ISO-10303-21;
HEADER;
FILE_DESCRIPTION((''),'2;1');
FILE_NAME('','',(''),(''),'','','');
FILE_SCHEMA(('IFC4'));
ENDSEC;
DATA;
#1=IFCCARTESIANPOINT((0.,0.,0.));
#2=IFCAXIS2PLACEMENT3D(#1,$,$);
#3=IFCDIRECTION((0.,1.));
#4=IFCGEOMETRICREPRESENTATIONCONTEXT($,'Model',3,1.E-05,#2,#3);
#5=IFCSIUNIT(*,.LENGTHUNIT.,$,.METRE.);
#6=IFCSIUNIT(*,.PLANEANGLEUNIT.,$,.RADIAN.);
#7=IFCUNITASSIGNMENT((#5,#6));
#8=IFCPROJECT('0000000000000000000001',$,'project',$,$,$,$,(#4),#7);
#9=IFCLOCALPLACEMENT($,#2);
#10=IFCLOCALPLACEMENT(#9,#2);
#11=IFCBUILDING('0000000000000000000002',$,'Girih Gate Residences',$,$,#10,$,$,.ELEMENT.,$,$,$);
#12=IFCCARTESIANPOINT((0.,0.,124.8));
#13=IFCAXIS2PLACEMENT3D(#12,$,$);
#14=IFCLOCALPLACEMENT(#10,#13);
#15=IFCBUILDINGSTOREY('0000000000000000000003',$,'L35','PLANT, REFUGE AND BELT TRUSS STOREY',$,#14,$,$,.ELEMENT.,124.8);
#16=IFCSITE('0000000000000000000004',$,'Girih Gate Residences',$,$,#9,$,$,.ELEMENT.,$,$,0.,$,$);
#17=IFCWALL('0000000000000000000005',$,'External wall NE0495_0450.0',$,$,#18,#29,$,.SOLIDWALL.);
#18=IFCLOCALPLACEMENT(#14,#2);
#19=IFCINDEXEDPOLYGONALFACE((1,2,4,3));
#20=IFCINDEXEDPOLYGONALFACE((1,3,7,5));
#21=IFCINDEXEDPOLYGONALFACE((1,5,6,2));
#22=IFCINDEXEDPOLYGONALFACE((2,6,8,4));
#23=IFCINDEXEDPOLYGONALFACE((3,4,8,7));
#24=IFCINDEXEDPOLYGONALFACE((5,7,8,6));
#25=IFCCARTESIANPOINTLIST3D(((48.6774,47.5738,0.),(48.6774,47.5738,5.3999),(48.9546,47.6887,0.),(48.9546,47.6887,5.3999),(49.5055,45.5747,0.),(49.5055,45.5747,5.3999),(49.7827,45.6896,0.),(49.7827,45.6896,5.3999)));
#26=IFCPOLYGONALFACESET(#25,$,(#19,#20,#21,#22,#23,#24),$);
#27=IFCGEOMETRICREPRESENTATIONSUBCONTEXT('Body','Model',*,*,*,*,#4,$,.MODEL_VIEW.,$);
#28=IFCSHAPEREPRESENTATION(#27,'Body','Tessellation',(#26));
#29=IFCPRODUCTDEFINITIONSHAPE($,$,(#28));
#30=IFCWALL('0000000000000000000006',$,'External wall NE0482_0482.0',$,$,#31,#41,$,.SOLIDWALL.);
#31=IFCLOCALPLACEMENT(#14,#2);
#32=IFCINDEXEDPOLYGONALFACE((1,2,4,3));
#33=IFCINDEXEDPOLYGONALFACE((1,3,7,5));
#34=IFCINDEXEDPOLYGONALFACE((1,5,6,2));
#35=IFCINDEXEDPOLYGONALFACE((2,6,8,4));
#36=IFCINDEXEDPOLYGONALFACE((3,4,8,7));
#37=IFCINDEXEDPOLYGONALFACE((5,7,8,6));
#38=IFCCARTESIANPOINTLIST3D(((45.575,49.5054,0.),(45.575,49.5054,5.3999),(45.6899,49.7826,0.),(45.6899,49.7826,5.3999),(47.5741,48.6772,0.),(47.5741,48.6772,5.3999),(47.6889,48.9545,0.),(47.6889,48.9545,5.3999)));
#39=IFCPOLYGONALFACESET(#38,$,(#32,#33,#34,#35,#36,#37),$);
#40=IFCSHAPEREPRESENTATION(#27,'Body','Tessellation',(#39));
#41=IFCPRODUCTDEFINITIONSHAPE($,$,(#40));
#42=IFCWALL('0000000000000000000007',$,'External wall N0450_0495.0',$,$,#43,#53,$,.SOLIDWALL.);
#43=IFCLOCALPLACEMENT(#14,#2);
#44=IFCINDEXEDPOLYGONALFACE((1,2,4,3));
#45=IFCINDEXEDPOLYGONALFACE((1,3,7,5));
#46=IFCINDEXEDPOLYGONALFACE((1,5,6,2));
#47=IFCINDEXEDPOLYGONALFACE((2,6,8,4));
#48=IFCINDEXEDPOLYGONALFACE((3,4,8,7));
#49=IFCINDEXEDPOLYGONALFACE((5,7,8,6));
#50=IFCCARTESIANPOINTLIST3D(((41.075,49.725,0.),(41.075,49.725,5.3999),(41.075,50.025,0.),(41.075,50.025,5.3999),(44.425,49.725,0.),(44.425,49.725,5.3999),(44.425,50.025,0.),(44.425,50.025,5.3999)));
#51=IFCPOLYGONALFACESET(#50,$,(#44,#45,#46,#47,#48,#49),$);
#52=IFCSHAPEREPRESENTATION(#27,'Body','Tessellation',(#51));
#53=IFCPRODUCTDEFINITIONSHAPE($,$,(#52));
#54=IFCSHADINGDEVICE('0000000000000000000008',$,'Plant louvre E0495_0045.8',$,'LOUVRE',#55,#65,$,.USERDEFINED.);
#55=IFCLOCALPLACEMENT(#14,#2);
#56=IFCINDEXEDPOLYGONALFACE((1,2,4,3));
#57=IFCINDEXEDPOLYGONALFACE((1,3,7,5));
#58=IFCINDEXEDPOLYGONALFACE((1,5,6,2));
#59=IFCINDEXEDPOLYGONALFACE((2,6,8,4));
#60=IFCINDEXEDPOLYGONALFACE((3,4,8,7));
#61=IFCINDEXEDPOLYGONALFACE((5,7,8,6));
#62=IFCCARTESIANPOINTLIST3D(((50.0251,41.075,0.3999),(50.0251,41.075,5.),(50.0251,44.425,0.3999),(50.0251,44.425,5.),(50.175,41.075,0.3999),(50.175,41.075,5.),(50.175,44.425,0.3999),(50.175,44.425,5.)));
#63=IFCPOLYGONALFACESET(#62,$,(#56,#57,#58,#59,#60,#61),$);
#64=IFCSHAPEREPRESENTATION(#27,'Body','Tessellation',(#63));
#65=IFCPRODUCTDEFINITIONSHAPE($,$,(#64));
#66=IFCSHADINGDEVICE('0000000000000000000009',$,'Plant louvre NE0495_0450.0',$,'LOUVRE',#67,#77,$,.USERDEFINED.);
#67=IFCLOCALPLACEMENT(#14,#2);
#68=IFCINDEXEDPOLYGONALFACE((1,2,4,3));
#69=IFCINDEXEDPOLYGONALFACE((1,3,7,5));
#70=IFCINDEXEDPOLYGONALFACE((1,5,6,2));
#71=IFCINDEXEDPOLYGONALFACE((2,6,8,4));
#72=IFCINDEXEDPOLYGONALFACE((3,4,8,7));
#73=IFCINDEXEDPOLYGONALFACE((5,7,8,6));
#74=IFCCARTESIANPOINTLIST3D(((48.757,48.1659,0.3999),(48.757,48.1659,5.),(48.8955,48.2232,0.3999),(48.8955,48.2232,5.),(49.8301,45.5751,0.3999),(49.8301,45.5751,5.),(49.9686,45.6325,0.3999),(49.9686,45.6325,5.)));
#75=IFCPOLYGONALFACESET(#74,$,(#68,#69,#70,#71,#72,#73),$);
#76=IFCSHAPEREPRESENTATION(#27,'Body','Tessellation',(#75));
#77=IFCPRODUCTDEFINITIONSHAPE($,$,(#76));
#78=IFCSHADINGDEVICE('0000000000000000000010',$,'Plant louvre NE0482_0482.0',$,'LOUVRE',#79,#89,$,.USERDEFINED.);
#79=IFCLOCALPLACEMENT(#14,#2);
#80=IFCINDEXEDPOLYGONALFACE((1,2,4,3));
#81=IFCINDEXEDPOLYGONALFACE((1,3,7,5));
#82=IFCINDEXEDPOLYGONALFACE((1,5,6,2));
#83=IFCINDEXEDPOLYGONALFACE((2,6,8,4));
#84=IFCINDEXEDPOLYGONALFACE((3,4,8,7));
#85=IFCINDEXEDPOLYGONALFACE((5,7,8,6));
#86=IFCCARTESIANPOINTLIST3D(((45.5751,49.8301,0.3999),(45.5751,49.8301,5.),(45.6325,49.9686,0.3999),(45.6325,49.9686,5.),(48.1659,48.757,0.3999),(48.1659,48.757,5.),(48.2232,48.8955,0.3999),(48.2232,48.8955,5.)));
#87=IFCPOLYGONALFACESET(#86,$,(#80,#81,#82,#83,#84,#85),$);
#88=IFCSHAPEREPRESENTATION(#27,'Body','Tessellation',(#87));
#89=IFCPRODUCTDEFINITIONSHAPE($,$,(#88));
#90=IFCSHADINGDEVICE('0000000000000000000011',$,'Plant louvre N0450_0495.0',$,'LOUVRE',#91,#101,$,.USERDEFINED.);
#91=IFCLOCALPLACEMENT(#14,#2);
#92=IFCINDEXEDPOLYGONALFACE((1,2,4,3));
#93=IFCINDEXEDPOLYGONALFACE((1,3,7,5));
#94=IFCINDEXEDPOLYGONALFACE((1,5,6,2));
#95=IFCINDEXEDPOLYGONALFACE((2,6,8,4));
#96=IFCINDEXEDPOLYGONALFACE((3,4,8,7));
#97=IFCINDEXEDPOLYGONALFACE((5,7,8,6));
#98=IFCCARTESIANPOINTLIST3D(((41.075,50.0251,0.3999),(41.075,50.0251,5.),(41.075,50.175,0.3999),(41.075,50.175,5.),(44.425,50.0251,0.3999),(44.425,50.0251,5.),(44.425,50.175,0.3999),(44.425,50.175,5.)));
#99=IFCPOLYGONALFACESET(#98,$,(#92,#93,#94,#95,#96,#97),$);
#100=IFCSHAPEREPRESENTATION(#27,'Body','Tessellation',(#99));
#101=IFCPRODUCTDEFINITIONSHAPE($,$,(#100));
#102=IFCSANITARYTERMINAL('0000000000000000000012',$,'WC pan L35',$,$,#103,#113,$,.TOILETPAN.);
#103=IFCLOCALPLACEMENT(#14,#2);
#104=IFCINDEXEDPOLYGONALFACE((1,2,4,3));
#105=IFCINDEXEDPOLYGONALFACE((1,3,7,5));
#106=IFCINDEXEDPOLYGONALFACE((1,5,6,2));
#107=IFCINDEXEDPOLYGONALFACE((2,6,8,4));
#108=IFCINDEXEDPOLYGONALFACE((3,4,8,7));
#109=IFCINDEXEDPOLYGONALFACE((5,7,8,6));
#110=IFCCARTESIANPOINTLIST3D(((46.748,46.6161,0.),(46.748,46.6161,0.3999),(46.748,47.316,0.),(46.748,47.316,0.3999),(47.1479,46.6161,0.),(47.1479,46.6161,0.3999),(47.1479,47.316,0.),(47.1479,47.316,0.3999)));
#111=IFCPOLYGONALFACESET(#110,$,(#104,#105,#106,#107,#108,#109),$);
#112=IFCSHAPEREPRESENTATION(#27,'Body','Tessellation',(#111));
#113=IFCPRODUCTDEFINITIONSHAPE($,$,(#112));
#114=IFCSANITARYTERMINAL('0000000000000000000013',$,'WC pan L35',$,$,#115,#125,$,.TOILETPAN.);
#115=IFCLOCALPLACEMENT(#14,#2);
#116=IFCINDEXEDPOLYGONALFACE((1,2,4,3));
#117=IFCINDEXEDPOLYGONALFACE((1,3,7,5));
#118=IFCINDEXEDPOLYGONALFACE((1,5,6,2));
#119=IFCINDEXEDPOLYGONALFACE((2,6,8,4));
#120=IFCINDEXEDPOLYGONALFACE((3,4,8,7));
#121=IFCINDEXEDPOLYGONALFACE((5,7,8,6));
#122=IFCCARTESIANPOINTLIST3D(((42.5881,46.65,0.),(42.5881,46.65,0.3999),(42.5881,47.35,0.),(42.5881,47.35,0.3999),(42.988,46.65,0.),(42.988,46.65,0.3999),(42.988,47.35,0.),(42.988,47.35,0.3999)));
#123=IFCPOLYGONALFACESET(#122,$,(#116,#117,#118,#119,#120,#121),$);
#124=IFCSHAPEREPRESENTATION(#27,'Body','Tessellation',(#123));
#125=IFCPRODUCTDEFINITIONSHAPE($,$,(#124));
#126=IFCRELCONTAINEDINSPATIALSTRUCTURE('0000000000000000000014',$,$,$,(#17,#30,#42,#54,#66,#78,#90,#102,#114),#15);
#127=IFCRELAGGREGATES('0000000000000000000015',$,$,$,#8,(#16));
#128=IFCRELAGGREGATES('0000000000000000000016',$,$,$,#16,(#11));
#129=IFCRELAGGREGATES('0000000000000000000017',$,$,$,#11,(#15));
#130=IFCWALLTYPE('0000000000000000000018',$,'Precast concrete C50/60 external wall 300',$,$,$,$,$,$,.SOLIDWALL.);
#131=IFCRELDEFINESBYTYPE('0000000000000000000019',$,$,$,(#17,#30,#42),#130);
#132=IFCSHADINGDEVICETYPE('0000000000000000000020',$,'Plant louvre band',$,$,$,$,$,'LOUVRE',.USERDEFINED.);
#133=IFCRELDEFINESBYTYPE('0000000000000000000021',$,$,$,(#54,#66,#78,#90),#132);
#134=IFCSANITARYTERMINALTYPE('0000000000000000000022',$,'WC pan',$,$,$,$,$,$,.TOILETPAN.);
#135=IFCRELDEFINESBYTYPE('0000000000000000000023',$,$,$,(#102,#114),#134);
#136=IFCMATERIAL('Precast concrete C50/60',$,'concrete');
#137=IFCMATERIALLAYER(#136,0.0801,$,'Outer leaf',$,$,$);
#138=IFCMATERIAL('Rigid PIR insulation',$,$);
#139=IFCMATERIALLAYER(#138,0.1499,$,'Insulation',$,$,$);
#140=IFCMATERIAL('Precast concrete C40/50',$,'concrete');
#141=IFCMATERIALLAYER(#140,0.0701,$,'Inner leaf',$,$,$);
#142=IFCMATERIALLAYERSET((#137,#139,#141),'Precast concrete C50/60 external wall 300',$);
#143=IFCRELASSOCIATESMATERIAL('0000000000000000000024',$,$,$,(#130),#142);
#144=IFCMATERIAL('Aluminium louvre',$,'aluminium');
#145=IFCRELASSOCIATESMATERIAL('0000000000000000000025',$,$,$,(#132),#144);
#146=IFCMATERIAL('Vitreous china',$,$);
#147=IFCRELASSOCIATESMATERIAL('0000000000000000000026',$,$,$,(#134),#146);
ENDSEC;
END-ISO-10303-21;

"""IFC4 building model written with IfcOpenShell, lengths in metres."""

from ifc_helpers import new_model, si_unit, direction, frame, frame_2d, origin, origin_2d, place, context, subcontext, project, spatial, rectangle, extrude, material, layer, layer_set, type_object, element, save


model = new_model("IFC4")

# Units and contexts
model_context = context("Model", 3, precision=1e-05, world=origin(), true_north=direction((0.0, 1.0)))
body_context = subcontext(model_context, "Body", "Model", "MODEL_VIEW")
ifc_project = project(units=[si_unit("LENGTHUNIT", "METRE"), si_unit("PLANEANGLEUNIT", "RADIAN")], contexts=[model_context])

# Site, building, storey
site_placement = place(None, origin())
site = spatial("IfcSite", under=ifc_project, at=site_placement, Name="Girih Gate Residences", CompositionType="ELEMENT", RefElevation=0.0)
building_placement = place(site_placement, origin())
building = spatial("IfcBuilding", under=site, at=building_placement, Name="Girih Gate Residences", CompositionType="ELEMENT")
storey_placement = place(building_placement, frame((0.0, 0.0, 124.8)))
storey = spatial("IfcBuildingStorey", under=building, at=storey_placement, Name="L35", Description="PLANT, REFUGE AND BELT TRUSS STOREY", CompositionType="ELEMENT", Elevation=124.8)

# Walls
ifc_material_1 = material(Name="Precast concrete C50/60", Category="concrete")
ifc_layer_1 = layer(ifc_material_1, 0.0801, Name="Outer leaf")
ifc_material_2 = material(Name="Rigid PIR insulation")
ifc_layer_2 = layer(ifc_material_2, 0.1499, Name="Insulation")
ifc_material_3 = material(Name="Precast concrete C40/50", Category="concrete")
ifc_layer_3 = layer(ifc_material_3, 0.0701, Name="Inner leaf")
ifc_layer_set_1 = layer_set([ifc_layer_1, ifc_layer_2, ifc_layer_3], Name="Precast concrete C50/60 external wall 300")
wall_type_1 = type_object("IfcWallType", Name="Precast concrete C50/60 external wall 300", PredefinedType="SOLIDWALL", material=ifc_layer_set_1)
for number, where, z_axis, x_axis, name in (
    (1, (48.8159, 47.6313, 0.0), (0.0, 0.0, 1.0), (0.382724, -0.923863, 0.0), "External wall NE0495_0450.0"),
    (2, (45.6323, 49.644, 0.0), (0.0, 0.0, 1.0), (0.923863, -0.382724, 0.0), "External wall NE0482_0482.0"),
):
    element("IfcWall", number, at=place(storey_placement, frame(where, z_axis=z_axis, x_axis=x_axis)), inside=storey, type_object=wall_type_1, Name=name, PredefinedType="SOLIDWALL", context=body_context, shape_type="SweptSolid", body=[
        extrude(rectangle(XDim=2.1638, YDim=0.3, at=frame_2d((1.082, 0.0))), origin(), (0.0, 0.0, 1.0), 5.3999),
    ])
wall_1_placement = place(storey_placement, frame((41.075, 49.875, 0.0), z_axis=(0.0, 0.0, 1.0), x_axis=(1.0, 0.0, 0.0)))
element("IfcWall", 3, at=wall_1_placement, inside=storey, type_object=wall_type_1, Name="External wall N0450_0495.0", PredefinedType="SOLIDWALL", context=body_context, shape_type="SweptSolid", body=[
    extrude(rectangle(XDim=3.3501, YDim=0.3, at=frame_2d((1.675, 0.0))), origin(), (0.0, 0.0, 1.0), 5.3999),
])

# Shading devices
ifc_material_4 = material(Name="Aluminium louvre", Category="aluminium")
shading_device_type = type_object("IfcShadingDeviceType", Name="Plant louvre band", ElementType="LOUVRE", PredefinedType="USERDEFINED", material=ifc_material_4)
shading_device_1_placement = place(storey_placement, frame((50.1001, 42.75, 0.3999), z_axis=(0.0, 0.0, 1.0), x_axis=(0.0, 1.0, 0.0)))
element("IfcShadingDevice", 4, at=shading_device_1_placement, inside=storey, type_object=shading_device_type, Name="Plant louvre E0495_0045.8", ObjectType="LOUVRE", PredefinedType="USERDEFINED", context=body_context, shape_type="SweptSolid", body=[
    extrude(rectangle(XDim=3.3501, YDim=0.1499, at=origin_2d()), origin(), (0.0, 0.0, 1.0), 4.6001),
])
for number, where, z_axis, x_axis, name in (
    (5, (49.3628, 46.8992, 0.3999), (0.0, 0.0, 1.0), (-0.382683, 0.92388, 0.0), "Plant louvre NE0495_0450.0"),
    (6, (46.8992, 49.3628, 0.3999), (0.0, 0.0, 1.0), (-0.92388, 0.382683, 0.0), "Plant louvre NE0482_0482.0"),
):
    element("IfcShadingDevice", number, at=place(storey_placement, frame(where, z_axis=z_axis, x_axis=x_axis)), inside=storey, type_object=shading_device_type, Name=name, ObjectType="LOUVRE", PredefinedType="USERDEFINED", context=body_context, shape_type="SweptSolid", body=[
        extrude(rectangle(XDim=2.8042, YDim=0.1499, at=origin_2d()), origin(), (0.0, 0.0, 1.0), 4.6001),
    ])
shading_device_2_placement = place(storey_placement, frame((42.75, 50.1001, 0.3999), z_axis=(0.0, 0.0, 1.0), x_axis=(-1.0, 0.0, 0.0)))
element("IfcShadingDevice", 7, at=shading_device_2_placement, inside=storey, type_object=shading_device_type, Name="Plant louvre N0450_0495.0", ObjectType="LOUVRE", PredefinedType="USERDEFINED", context=body_context, shape_type="SweptSolid", body=[
    extrude(rectangle(XDim=3.3501, YDim=0.1499, at=origin_2d()), origin(), (0.0, 0.0, 1.0), 4.6001),
])

# Sanitary terminals
ifc_material_5 = material(Name="Vitreous china")
sanitary_terminal_type = type_object("IfcSanitaryTerminalType", Name="WC pan", PredefinedType="TOILETPAN", material=ifc_material_5)
for number, where, z_axis, x_axis, name in (
    (8, (46.948, 46.9661, 0.0), (0.0, 0.0, 1.0), (1.0, 0.0, 0.0), "WC pan L35"),
    (9, (42.7881, 47.0, 0.0), (0.0, 0.0, 1.0), (1.0, 0.0, 0.0), "WC pan L35"),
):
    element("IfcSanitaryTerminal", number, at=place(storey_placement, frame(where, z_axis=z_axis, x_axis=x_axis)), inside=storey, type_object=sanitary_terminal_type, Name=name, PredefinedType="TOILETPAN", context=body_context, shape_type="SweptSolid", body=[
        extrude(rectangle(XDim=0.3999, YDim=0.7, at=origin_2d()), origin(), (0.0, 0.0, 1.0), 0.3999),
    ])

save(model, "model.ifc")
